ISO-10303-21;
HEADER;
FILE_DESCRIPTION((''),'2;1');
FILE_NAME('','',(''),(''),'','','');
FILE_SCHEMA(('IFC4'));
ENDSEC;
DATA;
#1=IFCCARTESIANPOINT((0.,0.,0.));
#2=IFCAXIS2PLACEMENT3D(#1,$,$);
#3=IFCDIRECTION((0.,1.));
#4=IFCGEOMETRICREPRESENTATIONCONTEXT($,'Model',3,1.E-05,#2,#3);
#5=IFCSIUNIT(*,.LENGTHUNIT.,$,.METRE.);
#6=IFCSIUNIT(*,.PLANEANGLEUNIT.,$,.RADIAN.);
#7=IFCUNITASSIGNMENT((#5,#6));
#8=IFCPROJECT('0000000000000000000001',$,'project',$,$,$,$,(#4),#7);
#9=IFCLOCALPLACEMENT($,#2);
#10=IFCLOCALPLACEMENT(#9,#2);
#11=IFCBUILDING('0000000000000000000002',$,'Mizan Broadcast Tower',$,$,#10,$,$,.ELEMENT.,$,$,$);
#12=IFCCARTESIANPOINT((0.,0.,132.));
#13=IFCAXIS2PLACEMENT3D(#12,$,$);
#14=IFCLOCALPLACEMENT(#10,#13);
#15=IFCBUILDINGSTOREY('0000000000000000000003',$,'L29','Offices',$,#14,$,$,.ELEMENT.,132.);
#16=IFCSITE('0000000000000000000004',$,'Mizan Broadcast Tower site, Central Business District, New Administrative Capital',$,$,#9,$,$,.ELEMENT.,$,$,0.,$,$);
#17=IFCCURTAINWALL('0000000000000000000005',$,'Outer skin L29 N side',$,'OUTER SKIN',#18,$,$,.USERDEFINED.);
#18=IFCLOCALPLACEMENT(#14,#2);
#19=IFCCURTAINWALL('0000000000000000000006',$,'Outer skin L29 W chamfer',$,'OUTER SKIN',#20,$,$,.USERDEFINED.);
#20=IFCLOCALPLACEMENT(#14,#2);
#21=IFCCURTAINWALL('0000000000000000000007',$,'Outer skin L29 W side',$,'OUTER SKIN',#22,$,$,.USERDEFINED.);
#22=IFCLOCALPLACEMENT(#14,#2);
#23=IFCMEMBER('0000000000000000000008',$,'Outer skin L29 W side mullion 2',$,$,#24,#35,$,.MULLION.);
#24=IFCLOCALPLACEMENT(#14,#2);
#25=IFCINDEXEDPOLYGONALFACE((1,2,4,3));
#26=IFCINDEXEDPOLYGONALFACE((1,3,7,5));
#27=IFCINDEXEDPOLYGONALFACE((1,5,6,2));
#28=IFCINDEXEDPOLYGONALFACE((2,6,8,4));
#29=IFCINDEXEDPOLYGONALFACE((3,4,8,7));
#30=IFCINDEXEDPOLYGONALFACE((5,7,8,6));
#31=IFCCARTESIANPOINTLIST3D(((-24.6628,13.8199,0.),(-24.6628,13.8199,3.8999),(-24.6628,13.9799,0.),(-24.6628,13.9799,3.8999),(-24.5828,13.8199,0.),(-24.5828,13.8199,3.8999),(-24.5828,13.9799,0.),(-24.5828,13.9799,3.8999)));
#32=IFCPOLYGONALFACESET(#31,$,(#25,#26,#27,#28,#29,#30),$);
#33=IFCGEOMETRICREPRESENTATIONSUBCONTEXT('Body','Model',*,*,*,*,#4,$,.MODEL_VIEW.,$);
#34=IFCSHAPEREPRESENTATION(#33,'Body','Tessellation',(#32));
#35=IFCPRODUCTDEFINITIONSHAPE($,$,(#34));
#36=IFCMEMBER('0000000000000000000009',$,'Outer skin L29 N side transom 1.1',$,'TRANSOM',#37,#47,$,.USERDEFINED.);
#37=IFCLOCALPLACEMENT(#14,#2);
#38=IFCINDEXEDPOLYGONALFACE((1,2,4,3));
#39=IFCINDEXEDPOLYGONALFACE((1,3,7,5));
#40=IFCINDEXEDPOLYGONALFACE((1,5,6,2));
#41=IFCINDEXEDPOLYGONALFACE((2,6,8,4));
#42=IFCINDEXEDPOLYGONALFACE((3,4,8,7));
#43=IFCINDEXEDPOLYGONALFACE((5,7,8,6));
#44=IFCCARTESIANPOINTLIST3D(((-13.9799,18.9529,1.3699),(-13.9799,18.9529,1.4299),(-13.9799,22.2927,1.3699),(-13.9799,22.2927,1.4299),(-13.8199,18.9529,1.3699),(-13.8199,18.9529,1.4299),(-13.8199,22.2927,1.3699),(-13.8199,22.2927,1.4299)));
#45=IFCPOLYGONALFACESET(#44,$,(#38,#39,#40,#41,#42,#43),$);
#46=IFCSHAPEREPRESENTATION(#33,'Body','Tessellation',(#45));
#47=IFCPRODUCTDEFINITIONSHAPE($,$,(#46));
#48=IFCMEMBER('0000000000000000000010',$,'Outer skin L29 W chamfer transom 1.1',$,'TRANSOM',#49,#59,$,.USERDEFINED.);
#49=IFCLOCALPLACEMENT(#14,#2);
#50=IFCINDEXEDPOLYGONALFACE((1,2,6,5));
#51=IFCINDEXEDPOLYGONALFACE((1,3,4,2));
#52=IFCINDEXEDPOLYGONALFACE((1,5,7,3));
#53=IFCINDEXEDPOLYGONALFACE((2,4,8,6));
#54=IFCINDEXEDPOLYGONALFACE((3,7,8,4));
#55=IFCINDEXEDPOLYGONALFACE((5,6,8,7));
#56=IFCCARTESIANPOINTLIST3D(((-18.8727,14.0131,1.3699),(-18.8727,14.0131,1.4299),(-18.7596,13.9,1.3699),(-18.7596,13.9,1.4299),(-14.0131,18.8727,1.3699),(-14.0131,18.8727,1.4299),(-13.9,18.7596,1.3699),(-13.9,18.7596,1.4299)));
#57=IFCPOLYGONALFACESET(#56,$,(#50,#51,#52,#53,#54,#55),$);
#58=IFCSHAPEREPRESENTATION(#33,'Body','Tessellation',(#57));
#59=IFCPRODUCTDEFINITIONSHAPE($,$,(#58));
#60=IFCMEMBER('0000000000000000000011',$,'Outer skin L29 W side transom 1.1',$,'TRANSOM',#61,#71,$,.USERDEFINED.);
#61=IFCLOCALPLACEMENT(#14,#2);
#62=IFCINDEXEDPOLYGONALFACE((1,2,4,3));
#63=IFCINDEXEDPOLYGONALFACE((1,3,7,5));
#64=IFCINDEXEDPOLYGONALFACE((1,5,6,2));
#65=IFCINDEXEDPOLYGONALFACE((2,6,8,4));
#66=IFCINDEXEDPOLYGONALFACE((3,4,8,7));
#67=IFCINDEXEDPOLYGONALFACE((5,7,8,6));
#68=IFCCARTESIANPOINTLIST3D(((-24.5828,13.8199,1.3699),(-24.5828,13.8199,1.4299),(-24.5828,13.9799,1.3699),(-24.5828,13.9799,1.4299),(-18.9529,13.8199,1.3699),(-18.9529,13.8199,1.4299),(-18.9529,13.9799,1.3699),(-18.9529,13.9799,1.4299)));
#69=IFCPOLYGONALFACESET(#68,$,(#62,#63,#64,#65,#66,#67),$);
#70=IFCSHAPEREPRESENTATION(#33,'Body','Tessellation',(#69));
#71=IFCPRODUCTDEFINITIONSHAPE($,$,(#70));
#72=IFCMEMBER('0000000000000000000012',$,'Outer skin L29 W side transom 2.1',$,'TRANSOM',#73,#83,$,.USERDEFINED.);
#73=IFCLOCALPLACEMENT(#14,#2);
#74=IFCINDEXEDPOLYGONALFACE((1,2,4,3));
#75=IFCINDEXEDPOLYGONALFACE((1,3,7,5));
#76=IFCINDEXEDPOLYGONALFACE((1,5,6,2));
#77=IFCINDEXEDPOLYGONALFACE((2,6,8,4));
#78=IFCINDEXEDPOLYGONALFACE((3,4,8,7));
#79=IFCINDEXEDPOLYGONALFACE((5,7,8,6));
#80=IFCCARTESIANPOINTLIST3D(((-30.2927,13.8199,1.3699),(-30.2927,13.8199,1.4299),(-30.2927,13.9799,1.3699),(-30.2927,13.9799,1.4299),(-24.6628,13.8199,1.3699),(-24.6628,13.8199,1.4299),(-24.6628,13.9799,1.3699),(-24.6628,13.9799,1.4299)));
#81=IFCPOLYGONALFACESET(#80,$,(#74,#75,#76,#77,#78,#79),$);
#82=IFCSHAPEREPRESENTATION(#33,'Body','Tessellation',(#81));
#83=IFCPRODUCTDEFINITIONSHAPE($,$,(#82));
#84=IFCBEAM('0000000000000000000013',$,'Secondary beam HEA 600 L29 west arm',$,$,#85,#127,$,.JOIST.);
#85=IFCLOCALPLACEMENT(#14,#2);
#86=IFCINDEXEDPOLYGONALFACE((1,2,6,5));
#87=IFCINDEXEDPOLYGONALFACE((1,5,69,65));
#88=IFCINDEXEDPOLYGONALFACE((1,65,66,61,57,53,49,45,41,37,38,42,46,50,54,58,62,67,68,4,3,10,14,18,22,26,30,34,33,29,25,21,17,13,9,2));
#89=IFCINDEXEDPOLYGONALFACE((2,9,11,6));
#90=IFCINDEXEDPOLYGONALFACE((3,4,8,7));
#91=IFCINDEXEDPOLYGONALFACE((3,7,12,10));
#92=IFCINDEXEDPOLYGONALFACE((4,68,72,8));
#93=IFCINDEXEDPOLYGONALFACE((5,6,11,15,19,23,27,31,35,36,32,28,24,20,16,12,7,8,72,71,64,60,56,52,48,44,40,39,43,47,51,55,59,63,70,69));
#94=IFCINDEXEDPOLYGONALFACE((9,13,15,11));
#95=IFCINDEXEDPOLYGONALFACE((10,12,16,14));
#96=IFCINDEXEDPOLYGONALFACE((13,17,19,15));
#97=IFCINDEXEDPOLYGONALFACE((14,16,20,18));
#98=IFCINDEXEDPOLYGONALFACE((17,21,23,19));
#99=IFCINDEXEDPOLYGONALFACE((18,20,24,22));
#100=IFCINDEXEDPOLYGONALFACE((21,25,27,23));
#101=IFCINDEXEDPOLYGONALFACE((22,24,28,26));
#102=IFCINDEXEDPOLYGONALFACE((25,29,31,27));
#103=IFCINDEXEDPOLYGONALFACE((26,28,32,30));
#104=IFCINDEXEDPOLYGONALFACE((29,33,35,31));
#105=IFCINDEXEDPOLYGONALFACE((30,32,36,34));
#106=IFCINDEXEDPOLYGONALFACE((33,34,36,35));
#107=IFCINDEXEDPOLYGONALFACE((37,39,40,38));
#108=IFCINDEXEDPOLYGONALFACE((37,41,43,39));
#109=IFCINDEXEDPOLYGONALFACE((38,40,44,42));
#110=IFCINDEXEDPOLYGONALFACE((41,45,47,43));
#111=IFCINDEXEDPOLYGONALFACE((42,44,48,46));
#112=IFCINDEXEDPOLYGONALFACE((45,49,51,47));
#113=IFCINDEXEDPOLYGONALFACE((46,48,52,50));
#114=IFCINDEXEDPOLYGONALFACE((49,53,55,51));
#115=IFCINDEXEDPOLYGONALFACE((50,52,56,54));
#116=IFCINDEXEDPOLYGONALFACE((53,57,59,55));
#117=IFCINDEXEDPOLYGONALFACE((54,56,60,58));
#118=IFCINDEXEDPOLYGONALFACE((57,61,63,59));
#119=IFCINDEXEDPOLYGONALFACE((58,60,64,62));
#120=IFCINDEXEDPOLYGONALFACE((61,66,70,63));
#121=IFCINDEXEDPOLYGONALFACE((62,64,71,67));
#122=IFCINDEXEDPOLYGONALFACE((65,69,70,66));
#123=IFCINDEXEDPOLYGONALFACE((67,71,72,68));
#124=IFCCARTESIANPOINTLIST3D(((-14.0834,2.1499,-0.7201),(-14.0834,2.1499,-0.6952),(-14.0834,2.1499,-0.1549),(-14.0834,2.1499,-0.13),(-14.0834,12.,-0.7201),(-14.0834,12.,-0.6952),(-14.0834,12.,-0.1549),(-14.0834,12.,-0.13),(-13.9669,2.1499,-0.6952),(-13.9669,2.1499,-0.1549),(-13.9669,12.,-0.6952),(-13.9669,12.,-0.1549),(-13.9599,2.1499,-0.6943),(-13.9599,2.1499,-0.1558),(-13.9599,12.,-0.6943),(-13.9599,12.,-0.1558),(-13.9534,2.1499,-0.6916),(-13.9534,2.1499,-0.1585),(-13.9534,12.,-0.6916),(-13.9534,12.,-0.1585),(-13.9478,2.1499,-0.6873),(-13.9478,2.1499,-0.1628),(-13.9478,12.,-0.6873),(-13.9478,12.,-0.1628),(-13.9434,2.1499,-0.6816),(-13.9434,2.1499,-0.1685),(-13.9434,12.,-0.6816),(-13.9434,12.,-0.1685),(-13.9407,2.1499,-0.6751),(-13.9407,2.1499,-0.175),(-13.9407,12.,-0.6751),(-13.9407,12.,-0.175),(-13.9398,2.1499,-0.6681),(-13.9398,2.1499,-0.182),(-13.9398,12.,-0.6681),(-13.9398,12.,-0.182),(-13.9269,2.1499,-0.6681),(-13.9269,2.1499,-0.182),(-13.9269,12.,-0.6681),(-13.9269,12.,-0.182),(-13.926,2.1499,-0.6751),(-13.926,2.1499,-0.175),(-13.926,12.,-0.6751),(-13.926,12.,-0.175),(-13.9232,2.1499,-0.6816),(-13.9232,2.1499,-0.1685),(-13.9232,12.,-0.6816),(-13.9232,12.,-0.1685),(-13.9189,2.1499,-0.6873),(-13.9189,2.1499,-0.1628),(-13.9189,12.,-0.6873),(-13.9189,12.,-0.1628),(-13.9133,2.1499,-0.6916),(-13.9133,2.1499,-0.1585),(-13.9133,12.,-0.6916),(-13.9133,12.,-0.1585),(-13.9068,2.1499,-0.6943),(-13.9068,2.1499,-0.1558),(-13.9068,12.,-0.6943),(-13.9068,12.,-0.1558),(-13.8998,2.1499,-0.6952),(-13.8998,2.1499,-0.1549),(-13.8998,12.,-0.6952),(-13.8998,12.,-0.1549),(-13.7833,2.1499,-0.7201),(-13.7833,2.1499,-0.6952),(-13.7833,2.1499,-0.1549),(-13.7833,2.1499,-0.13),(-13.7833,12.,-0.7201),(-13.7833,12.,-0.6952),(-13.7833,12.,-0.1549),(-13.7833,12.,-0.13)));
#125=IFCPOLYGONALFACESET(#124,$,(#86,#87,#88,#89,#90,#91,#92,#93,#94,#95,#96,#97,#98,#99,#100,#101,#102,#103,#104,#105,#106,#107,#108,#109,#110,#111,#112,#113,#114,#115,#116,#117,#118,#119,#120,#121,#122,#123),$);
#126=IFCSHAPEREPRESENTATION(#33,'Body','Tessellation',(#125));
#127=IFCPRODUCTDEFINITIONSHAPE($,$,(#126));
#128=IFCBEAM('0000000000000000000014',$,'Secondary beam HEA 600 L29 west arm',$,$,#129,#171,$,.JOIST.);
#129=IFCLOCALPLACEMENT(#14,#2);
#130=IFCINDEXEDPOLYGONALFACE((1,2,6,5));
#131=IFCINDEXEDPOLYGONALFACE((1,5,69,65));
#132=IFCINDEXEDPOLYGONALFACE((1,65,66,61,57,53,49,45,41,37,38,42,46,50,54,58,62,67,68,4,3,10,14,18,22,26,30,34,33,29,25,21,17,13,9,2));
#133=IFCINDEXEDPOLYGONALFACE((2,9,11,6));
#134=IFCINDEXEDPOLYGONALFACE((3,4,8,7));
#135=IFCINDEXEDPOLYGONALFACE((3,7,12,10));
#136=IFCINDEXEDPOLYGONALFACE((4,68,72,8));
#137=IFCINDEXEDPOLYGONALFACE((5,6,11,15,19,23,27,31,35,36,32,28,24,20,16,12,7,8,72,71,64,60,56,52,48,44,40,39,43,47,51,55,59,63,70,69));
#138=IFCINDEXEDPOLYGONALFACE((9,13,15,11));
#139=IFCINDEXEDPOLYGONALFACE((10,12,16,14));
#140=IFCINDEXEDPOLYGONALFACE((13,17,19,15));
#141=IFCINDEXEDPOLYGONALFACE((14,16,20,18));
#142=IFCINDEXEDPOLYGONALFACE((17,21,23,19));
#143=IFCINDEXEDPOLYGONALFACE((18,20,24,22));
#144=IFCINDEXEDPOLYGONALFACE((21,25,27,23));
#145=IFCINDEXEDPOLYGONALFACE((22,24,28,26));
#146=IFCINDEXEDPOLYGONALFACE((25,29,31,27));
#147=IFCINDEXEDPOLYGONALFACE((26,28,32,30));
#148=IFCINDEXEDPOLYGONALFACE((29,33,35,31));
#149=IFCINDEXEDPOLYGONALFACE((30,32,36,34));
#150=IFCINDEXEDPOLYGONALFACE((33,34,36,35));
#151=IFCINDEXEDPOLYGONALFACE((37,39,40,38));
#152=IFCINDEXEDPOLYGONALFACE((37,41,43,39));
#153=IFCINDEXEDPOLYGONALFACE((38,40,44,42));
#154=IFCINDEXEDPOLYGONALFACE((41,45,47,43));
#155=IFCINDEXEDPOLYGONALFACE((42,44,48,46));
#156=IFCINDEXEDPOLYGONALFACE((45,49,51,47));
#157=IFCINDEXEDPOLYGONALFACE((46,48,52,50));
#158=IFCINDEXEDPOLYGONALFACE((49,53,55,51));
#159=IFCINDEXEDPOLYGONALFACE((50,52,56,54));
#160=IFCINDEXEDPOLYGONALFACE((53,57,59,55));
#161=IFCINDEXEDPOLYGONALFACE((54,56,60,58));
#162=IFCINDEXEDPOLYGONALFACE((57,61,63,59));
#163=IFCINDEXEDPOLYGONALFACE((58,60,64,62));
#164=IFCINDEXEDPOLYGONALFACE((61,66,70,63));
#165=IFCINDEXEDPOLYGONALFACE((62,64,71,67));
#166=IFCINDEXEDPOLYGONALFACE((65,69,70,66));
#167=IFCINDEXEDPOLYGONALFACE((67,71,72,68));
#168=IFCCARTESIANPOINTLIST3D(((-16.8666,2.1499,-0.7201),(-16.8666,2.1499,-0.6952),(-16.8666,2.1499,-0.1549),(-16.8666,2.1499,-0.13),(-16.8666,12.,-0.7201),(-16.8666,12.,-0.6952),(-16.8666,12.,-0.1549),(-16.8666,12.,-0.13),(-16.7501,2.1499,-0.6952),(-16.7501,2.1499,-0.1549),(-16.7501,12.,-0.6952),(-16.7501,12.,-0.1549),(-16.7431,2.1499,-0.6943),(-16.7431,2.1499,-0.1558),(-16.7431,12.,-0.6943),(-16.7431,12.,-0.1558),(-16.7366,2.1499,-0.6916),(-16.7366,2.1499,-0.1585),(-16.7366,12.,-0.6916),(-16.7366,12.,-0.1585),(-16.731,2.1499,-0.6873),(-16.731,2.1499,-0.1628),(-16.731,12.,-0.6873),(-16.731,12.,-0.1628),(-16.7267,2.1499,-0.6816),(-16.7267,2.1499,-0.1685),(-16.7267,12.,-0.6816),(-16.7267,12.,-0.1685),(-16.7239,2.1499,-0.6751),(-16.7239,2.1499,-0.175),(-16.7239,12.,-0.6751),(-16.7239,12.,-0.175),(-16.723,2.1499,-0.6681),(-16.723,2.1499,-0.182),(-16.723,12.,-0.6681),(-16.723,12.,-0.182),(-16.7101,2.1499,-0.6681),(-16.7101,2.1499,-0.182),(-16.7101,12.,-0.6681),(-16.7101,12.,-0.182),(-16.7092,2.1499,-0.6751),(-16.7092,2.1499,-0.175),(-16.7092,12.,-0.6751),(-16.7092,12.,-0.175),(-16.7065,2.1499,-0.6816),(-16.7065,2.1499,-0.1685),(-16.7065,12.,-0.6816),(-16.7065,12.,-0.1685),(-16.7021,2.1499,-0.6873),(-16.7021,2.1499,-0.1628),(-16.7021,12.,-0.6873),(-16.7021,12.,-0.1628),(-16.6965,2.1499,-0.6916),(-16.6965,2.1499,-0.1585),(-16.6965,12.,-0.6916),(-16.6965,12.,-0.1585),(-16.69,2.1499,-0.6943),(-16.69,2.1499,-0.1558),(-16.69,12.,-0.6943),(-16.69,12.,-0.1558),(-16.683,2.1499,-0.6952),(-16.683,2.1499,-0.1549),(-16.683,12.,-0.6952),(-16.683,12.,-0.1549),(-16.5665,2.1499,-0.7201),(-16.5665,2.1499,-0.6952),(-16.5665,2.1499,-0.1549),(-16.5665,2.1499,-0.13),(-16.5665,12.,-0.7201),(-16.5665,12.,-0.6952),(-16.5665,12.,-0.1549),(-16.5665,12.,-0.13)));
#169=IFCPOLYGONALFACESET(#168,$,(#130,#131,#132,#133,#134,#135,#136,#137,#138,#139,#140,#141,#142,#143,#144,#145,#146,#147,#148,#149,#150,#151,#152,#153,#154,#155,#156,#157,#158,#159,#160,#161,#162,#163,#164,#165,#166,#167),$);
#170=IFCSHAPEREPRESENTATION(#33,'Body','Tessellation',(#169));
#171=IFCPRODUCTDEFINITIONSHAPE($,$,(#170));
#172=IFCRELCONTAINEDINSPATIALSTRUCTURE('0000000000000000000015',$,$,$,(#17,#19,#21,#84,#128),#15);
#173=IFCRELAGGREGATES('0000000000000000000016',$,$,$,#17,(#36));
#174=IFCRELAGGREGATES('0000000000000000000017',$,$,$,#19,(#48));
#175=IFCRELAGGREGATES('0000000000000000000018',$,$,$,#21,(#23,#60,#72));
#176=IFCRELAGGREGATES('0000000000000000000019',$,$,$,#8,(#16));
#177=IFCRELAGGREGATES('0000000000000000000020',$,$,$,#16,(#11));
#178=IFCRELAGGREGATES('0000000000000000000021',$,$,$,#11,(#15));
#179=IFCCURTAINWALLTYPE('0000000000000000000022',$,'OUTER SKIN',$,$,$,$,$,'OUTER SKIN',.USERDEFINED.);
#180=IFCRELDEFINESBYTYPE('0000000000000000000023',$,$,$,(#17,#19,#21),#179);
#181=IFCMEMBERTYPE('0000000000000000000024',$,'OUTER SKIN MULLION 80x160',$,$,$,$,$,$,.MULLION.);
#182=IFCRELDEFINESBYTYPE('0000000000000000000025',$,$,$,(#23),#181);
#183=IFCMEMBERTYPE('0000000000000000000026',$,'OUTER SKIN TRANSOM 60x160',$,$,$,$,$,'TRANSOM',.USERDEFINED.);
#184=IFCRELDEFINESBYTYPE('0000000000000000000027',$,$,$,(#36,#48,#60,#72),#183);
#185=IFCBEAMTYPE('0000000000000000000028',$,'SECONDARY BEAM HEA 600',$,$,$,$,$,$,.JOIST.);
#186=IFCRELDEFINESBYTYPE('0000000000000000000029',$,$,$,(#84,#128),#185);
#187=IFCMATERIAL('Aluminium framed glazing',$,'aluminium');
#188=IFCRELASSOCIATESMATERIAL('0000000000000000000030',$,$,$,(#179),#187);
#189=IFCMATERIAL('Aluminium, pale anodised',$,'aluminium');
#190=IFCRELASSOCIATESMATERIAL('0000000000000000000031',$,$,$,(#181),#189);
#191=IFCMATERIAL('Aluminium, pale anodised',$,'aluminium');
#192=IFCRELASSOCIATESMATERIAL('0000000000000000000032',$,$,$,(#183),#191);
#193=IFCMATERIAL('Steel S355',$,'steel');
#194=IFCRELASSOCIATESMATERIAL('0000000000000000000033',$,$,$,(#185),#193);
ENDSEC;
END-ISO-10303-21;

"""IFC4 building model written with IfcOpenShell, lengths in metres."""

from ifc_helpers import new_model, si_unit, direction, frame, origin, origin_2d, place, context, subcontext, project, spatial, rectangle, i_section, extrude, material, material_profile, profile_set, type_object, element, aggregate, save


model = new_model("IFC4")

# Units and contexts
model_context = context("Model", 3, precision=1e-05, world=origin(), true_north=direction((0.0, 1.0)))
body_context = subcontext(model_context, "Body", "Model", "MODEL_VIEW")
ifc_project = project(units=[si_unit("LENGTHUNIT", "METRE"), si_unit("PLANEANGLEUNIT", "RADIAN")], contexts=[model_context])

# Site, building, storey
site_placement = place(None, origin())
site = spatial("IfcSite", under=ifc_project, at=site_placement, Name="Mizan Broadcast Tower site, Central Business District, New Administrative Capital", CompositionType="ELEMENT", RefElevation=0.0)
building_placement = place(site_placement, origin())
building = spatial("IfcBuilding", under=site, at=building_placement, Name="Mizan Broadcast Tower", CompositionType="ELEMENT")
storey_placement = place(building_placement, frame((0.0, 0.0, 132.0)))
storey = spatial("IfcBuildingStorey", under=building, at=storey_placement, Name="L29", Description="Offices", CompositionType="ELEMENT", Elevation=132.0)

# Curtain walls, member
ifc_material_1 = material(Name="Aluminium framed glazing", Category="aluminium")
curtain_wall_type_1 = type_object("IfcCurtainWallType", Name="OUTER SKIN", ElementType="OUTER SKIN", PredefinedType="USERDEFINED", material=ifc_material_1)
ifc_material_2 = material(Name="Aluminium, pale anodised", Category="aluminium")
ifc_material_profile_1 = material_profile(ifc_material_2, rectangle(XDim=0.1599, YDim=0.0801, at=origin_2d()), Name="MULLION 160x80")
ifc_profile_set_1 = profile_set([ifc_material_profile_1], Name="Aluminium, pale anodised")
member_type_1 = type_object("IfcMemberType", Name="OUTER SKIN MULLION 80x160", PredefinedType="MULLION", material=ifc_profile_set_1)
curtain_wall_1_placement = place(storey_placement, origin())
curtain_wall_1 = element("IfcCurtainWall", 1, at=curtain_wall_1_placement, inside=storey, type_object=curtain_wall_type_1, Name="Outer skin L29 N side", ObjectType="OUTER SKIN", PredefinedType="USERDEFINED")
curtain_wall_2_placement = place(storey_placement, origin())
curtain_wall_2 = element("IfcCurtainWall", 2, at=curtain_wall_2_placement, inside=storey, type_object=curtain_wall_type_1, Name="Outer skin L29 W chamfer", ObjectType="OUTER SKIN", PredefinedType="USERDEFINED")
curtain_wall_3_placement = place(storey_placement, origin())
curtain_wall_3 = element("IfcCurtainWall", 3, at=curtain_wall_3_placement, inside=storey, type_object=curtain_wall_type_1, Name="Outer skin L29 W side", ObjectType="OUTER SKIN", PredefinedType="USERDEFINED")
member_1_placement = place(storey_placement, frame((-24.6228, 13.8999, 0.0), z_axis=(0.0, 0.0, 1.0), x_axis=(0.0, -1.0, 0.0)))
member_1 = element("IfcMember", 4, at=member_1_placement, type_object=member_type_1, Name="Outer skin L29 W side mullion 2", PredefinedType="MULLION", context=body_context, shape_type="SweptSolid", body=[
    extrude(rectangle(XDim=0.1599, YDim=0.0801, at=origin_2d()), origin(), (0.0, 0.0, 1.0), 3.8999),
])

# Members
ifc_material_3 = material(Name="Aluminium, pale anodised", Category="aluminium")
ifc_material_profile_2 = material_profile(ifc_material_3, rectangle(XDim=0.1599, YDim=0.0601, at=origin_2d()), Name="TRANSOM 160x60")
ifc_profile_set_2 = profile_set([ifc_material_profile_2], Name="Aluminium, pale anodised")
member_type_2 = type_object("IfcMemberType", Name="OUTER SKIN TRANSOM 60x160", ElementType="TRANSOM", PredefinedType="USERDEFINED", material=ifc_profile_set_2)
member_2_placement = place(storey_placement, frame((-13.8999, 22.2927, 1.3999), z_axis=(0.0, -1.0, 0.0), x_axis=(1.0, 0.0, 0.0)))
member_2 = element("IfcMember", 5, at=member_2_placement, type_object=member_type_2, Name="Outer skin L29 N side transom 1.1", ObjectType="TRANSOM", PredefinedType="USERDEFINED", context=body_context, shape_type="SweptSolid", body=[
    extrude(rectangle(XDim=0.1599, YDim=0.0601, at=origin_2d()), origin(), (0.0, 0.0, 1.0), 3.3398),
])
member_3_placement = place(storey_placement, frame((-13.9565, 18.8162, 1.3999), z_axis=(-0.707107, -0.707107, 0.0), x_axis=(0.707107, -0.707107, 0.0)))
member_3 = element("IfcMember", 6, at=member_3_placement, type_object=member_type_2, Name="Outer skin L29 W chamfer transom 1.1", ObjectType="TRANSOM", PredefinedType="USERDEFINED", context=body_context, shape_type="SweptSolid", body=[
    extrude(rectangle(XDim=0.1599, YDim=0.0601, at=origin_2d()), origin(), (0.0, 0.0, 1.0), 6.8726),
])
member_4_placement = place(storey_placement, frame((-18.9529, 13.8999, 1.3999), z_axis=(-1.0, 0.0, 0.0), x_axis=(0.0, -1.0, 0.0)))
member_4 = element("IfcMember", 7, at=member_4_placement, type_object=member_type_2, Name="Outer skin L29 W side transom 1.1", ObjectType="TRANSOM", PredefinedType="USERDEFINED", context=body_context, shape_type="SweptSolid", body=[
    extrude(rectangle(XDim=0.1599, YDim=0.0601, at=origin_2d()), origin(), (0.0, 0.0, 1.0), 5.6299),
])
member_5_placement = place(storey_placement, frame((-24.6628, 13.8999, 1.3999), z_axis=(-1.0, 0.0, 0.0), x_axis=(0.0, -1.0, 0.0)))
member_5 = element("IfcMember", 8, at=member_5_placement, type_object=member_type_2, Name="Outer skin L29 W side transom 2.1", ObjectType="TRANSOM", PredefinedType="USERDEFINED", context=body_context, shape_type="SweptSolid", body=[
    extrude(rectangle(XDim=0.1599, YDim=0.0601, at=origin_2d()), origin(), (0.0, 0.0, 1.0), 5.6299),
])

# Beams
ifc_material_4 = material(Name="Steel S355", Category="steel")
ifc_material_profile_3 = material_profile(ifc_material_4, i_section(OverallWidth=0.3, OverallDepth=0.5901, WebThickness=0.0129, FlangeThickness=0.0249, FilletRadius=0.0271, at=origin_2d()), Name="HEA 600")
ifc_profile_set_3 = profile_set([ifc_material_profile_3], Name="Steel S355")
beam_type_1 = type_object("IfcBeamType", Name="SECONDARY BEAM HEA 600", PredefinedType="JOIST", material=ifc_profile_set_3)
for number, where, z_axis, x_axis, name in (
    (9, (-13.9333, 12.0, -0.425), (0.0, -1.0, 0.0), (1.0, 0.0, 0.0), "Secondary beam HEA 600 L29 west arm"),
    (10, (-16.7166, 12.0, -0.425), (0.0, -1.0, 0.0), (1.0, 0.0, 0.0), "Secondary beam HEA 600 L29 west arm"),
):
    element("IfcBeam", number, at=place(storey_placement, frame(where, z_axis=z_axis, x_axis=x_axis)), inside=storey, type_object=beam_type_1, Name=name, PredefinedType="JOIST", context=body_context, shape_type="SweptSolid", body=[
        extrude(i_section(OverallWidth=0.3, OverallDepth=0.5901, WebThickness=0.0129, FlangeThickness=0.0249, FilletRadius=0.0271, at=origin_2d()), origin(), (0.0, 0.0, 1.0), 9.8501),
    ])

aggregate(curtain_wall_1, [member_2])
aggregate(curtain_wall_2, [member_3])
aggregate(curtain_wall_3, [member_1, member_4, member_5])

save(model, "model.ifc")
